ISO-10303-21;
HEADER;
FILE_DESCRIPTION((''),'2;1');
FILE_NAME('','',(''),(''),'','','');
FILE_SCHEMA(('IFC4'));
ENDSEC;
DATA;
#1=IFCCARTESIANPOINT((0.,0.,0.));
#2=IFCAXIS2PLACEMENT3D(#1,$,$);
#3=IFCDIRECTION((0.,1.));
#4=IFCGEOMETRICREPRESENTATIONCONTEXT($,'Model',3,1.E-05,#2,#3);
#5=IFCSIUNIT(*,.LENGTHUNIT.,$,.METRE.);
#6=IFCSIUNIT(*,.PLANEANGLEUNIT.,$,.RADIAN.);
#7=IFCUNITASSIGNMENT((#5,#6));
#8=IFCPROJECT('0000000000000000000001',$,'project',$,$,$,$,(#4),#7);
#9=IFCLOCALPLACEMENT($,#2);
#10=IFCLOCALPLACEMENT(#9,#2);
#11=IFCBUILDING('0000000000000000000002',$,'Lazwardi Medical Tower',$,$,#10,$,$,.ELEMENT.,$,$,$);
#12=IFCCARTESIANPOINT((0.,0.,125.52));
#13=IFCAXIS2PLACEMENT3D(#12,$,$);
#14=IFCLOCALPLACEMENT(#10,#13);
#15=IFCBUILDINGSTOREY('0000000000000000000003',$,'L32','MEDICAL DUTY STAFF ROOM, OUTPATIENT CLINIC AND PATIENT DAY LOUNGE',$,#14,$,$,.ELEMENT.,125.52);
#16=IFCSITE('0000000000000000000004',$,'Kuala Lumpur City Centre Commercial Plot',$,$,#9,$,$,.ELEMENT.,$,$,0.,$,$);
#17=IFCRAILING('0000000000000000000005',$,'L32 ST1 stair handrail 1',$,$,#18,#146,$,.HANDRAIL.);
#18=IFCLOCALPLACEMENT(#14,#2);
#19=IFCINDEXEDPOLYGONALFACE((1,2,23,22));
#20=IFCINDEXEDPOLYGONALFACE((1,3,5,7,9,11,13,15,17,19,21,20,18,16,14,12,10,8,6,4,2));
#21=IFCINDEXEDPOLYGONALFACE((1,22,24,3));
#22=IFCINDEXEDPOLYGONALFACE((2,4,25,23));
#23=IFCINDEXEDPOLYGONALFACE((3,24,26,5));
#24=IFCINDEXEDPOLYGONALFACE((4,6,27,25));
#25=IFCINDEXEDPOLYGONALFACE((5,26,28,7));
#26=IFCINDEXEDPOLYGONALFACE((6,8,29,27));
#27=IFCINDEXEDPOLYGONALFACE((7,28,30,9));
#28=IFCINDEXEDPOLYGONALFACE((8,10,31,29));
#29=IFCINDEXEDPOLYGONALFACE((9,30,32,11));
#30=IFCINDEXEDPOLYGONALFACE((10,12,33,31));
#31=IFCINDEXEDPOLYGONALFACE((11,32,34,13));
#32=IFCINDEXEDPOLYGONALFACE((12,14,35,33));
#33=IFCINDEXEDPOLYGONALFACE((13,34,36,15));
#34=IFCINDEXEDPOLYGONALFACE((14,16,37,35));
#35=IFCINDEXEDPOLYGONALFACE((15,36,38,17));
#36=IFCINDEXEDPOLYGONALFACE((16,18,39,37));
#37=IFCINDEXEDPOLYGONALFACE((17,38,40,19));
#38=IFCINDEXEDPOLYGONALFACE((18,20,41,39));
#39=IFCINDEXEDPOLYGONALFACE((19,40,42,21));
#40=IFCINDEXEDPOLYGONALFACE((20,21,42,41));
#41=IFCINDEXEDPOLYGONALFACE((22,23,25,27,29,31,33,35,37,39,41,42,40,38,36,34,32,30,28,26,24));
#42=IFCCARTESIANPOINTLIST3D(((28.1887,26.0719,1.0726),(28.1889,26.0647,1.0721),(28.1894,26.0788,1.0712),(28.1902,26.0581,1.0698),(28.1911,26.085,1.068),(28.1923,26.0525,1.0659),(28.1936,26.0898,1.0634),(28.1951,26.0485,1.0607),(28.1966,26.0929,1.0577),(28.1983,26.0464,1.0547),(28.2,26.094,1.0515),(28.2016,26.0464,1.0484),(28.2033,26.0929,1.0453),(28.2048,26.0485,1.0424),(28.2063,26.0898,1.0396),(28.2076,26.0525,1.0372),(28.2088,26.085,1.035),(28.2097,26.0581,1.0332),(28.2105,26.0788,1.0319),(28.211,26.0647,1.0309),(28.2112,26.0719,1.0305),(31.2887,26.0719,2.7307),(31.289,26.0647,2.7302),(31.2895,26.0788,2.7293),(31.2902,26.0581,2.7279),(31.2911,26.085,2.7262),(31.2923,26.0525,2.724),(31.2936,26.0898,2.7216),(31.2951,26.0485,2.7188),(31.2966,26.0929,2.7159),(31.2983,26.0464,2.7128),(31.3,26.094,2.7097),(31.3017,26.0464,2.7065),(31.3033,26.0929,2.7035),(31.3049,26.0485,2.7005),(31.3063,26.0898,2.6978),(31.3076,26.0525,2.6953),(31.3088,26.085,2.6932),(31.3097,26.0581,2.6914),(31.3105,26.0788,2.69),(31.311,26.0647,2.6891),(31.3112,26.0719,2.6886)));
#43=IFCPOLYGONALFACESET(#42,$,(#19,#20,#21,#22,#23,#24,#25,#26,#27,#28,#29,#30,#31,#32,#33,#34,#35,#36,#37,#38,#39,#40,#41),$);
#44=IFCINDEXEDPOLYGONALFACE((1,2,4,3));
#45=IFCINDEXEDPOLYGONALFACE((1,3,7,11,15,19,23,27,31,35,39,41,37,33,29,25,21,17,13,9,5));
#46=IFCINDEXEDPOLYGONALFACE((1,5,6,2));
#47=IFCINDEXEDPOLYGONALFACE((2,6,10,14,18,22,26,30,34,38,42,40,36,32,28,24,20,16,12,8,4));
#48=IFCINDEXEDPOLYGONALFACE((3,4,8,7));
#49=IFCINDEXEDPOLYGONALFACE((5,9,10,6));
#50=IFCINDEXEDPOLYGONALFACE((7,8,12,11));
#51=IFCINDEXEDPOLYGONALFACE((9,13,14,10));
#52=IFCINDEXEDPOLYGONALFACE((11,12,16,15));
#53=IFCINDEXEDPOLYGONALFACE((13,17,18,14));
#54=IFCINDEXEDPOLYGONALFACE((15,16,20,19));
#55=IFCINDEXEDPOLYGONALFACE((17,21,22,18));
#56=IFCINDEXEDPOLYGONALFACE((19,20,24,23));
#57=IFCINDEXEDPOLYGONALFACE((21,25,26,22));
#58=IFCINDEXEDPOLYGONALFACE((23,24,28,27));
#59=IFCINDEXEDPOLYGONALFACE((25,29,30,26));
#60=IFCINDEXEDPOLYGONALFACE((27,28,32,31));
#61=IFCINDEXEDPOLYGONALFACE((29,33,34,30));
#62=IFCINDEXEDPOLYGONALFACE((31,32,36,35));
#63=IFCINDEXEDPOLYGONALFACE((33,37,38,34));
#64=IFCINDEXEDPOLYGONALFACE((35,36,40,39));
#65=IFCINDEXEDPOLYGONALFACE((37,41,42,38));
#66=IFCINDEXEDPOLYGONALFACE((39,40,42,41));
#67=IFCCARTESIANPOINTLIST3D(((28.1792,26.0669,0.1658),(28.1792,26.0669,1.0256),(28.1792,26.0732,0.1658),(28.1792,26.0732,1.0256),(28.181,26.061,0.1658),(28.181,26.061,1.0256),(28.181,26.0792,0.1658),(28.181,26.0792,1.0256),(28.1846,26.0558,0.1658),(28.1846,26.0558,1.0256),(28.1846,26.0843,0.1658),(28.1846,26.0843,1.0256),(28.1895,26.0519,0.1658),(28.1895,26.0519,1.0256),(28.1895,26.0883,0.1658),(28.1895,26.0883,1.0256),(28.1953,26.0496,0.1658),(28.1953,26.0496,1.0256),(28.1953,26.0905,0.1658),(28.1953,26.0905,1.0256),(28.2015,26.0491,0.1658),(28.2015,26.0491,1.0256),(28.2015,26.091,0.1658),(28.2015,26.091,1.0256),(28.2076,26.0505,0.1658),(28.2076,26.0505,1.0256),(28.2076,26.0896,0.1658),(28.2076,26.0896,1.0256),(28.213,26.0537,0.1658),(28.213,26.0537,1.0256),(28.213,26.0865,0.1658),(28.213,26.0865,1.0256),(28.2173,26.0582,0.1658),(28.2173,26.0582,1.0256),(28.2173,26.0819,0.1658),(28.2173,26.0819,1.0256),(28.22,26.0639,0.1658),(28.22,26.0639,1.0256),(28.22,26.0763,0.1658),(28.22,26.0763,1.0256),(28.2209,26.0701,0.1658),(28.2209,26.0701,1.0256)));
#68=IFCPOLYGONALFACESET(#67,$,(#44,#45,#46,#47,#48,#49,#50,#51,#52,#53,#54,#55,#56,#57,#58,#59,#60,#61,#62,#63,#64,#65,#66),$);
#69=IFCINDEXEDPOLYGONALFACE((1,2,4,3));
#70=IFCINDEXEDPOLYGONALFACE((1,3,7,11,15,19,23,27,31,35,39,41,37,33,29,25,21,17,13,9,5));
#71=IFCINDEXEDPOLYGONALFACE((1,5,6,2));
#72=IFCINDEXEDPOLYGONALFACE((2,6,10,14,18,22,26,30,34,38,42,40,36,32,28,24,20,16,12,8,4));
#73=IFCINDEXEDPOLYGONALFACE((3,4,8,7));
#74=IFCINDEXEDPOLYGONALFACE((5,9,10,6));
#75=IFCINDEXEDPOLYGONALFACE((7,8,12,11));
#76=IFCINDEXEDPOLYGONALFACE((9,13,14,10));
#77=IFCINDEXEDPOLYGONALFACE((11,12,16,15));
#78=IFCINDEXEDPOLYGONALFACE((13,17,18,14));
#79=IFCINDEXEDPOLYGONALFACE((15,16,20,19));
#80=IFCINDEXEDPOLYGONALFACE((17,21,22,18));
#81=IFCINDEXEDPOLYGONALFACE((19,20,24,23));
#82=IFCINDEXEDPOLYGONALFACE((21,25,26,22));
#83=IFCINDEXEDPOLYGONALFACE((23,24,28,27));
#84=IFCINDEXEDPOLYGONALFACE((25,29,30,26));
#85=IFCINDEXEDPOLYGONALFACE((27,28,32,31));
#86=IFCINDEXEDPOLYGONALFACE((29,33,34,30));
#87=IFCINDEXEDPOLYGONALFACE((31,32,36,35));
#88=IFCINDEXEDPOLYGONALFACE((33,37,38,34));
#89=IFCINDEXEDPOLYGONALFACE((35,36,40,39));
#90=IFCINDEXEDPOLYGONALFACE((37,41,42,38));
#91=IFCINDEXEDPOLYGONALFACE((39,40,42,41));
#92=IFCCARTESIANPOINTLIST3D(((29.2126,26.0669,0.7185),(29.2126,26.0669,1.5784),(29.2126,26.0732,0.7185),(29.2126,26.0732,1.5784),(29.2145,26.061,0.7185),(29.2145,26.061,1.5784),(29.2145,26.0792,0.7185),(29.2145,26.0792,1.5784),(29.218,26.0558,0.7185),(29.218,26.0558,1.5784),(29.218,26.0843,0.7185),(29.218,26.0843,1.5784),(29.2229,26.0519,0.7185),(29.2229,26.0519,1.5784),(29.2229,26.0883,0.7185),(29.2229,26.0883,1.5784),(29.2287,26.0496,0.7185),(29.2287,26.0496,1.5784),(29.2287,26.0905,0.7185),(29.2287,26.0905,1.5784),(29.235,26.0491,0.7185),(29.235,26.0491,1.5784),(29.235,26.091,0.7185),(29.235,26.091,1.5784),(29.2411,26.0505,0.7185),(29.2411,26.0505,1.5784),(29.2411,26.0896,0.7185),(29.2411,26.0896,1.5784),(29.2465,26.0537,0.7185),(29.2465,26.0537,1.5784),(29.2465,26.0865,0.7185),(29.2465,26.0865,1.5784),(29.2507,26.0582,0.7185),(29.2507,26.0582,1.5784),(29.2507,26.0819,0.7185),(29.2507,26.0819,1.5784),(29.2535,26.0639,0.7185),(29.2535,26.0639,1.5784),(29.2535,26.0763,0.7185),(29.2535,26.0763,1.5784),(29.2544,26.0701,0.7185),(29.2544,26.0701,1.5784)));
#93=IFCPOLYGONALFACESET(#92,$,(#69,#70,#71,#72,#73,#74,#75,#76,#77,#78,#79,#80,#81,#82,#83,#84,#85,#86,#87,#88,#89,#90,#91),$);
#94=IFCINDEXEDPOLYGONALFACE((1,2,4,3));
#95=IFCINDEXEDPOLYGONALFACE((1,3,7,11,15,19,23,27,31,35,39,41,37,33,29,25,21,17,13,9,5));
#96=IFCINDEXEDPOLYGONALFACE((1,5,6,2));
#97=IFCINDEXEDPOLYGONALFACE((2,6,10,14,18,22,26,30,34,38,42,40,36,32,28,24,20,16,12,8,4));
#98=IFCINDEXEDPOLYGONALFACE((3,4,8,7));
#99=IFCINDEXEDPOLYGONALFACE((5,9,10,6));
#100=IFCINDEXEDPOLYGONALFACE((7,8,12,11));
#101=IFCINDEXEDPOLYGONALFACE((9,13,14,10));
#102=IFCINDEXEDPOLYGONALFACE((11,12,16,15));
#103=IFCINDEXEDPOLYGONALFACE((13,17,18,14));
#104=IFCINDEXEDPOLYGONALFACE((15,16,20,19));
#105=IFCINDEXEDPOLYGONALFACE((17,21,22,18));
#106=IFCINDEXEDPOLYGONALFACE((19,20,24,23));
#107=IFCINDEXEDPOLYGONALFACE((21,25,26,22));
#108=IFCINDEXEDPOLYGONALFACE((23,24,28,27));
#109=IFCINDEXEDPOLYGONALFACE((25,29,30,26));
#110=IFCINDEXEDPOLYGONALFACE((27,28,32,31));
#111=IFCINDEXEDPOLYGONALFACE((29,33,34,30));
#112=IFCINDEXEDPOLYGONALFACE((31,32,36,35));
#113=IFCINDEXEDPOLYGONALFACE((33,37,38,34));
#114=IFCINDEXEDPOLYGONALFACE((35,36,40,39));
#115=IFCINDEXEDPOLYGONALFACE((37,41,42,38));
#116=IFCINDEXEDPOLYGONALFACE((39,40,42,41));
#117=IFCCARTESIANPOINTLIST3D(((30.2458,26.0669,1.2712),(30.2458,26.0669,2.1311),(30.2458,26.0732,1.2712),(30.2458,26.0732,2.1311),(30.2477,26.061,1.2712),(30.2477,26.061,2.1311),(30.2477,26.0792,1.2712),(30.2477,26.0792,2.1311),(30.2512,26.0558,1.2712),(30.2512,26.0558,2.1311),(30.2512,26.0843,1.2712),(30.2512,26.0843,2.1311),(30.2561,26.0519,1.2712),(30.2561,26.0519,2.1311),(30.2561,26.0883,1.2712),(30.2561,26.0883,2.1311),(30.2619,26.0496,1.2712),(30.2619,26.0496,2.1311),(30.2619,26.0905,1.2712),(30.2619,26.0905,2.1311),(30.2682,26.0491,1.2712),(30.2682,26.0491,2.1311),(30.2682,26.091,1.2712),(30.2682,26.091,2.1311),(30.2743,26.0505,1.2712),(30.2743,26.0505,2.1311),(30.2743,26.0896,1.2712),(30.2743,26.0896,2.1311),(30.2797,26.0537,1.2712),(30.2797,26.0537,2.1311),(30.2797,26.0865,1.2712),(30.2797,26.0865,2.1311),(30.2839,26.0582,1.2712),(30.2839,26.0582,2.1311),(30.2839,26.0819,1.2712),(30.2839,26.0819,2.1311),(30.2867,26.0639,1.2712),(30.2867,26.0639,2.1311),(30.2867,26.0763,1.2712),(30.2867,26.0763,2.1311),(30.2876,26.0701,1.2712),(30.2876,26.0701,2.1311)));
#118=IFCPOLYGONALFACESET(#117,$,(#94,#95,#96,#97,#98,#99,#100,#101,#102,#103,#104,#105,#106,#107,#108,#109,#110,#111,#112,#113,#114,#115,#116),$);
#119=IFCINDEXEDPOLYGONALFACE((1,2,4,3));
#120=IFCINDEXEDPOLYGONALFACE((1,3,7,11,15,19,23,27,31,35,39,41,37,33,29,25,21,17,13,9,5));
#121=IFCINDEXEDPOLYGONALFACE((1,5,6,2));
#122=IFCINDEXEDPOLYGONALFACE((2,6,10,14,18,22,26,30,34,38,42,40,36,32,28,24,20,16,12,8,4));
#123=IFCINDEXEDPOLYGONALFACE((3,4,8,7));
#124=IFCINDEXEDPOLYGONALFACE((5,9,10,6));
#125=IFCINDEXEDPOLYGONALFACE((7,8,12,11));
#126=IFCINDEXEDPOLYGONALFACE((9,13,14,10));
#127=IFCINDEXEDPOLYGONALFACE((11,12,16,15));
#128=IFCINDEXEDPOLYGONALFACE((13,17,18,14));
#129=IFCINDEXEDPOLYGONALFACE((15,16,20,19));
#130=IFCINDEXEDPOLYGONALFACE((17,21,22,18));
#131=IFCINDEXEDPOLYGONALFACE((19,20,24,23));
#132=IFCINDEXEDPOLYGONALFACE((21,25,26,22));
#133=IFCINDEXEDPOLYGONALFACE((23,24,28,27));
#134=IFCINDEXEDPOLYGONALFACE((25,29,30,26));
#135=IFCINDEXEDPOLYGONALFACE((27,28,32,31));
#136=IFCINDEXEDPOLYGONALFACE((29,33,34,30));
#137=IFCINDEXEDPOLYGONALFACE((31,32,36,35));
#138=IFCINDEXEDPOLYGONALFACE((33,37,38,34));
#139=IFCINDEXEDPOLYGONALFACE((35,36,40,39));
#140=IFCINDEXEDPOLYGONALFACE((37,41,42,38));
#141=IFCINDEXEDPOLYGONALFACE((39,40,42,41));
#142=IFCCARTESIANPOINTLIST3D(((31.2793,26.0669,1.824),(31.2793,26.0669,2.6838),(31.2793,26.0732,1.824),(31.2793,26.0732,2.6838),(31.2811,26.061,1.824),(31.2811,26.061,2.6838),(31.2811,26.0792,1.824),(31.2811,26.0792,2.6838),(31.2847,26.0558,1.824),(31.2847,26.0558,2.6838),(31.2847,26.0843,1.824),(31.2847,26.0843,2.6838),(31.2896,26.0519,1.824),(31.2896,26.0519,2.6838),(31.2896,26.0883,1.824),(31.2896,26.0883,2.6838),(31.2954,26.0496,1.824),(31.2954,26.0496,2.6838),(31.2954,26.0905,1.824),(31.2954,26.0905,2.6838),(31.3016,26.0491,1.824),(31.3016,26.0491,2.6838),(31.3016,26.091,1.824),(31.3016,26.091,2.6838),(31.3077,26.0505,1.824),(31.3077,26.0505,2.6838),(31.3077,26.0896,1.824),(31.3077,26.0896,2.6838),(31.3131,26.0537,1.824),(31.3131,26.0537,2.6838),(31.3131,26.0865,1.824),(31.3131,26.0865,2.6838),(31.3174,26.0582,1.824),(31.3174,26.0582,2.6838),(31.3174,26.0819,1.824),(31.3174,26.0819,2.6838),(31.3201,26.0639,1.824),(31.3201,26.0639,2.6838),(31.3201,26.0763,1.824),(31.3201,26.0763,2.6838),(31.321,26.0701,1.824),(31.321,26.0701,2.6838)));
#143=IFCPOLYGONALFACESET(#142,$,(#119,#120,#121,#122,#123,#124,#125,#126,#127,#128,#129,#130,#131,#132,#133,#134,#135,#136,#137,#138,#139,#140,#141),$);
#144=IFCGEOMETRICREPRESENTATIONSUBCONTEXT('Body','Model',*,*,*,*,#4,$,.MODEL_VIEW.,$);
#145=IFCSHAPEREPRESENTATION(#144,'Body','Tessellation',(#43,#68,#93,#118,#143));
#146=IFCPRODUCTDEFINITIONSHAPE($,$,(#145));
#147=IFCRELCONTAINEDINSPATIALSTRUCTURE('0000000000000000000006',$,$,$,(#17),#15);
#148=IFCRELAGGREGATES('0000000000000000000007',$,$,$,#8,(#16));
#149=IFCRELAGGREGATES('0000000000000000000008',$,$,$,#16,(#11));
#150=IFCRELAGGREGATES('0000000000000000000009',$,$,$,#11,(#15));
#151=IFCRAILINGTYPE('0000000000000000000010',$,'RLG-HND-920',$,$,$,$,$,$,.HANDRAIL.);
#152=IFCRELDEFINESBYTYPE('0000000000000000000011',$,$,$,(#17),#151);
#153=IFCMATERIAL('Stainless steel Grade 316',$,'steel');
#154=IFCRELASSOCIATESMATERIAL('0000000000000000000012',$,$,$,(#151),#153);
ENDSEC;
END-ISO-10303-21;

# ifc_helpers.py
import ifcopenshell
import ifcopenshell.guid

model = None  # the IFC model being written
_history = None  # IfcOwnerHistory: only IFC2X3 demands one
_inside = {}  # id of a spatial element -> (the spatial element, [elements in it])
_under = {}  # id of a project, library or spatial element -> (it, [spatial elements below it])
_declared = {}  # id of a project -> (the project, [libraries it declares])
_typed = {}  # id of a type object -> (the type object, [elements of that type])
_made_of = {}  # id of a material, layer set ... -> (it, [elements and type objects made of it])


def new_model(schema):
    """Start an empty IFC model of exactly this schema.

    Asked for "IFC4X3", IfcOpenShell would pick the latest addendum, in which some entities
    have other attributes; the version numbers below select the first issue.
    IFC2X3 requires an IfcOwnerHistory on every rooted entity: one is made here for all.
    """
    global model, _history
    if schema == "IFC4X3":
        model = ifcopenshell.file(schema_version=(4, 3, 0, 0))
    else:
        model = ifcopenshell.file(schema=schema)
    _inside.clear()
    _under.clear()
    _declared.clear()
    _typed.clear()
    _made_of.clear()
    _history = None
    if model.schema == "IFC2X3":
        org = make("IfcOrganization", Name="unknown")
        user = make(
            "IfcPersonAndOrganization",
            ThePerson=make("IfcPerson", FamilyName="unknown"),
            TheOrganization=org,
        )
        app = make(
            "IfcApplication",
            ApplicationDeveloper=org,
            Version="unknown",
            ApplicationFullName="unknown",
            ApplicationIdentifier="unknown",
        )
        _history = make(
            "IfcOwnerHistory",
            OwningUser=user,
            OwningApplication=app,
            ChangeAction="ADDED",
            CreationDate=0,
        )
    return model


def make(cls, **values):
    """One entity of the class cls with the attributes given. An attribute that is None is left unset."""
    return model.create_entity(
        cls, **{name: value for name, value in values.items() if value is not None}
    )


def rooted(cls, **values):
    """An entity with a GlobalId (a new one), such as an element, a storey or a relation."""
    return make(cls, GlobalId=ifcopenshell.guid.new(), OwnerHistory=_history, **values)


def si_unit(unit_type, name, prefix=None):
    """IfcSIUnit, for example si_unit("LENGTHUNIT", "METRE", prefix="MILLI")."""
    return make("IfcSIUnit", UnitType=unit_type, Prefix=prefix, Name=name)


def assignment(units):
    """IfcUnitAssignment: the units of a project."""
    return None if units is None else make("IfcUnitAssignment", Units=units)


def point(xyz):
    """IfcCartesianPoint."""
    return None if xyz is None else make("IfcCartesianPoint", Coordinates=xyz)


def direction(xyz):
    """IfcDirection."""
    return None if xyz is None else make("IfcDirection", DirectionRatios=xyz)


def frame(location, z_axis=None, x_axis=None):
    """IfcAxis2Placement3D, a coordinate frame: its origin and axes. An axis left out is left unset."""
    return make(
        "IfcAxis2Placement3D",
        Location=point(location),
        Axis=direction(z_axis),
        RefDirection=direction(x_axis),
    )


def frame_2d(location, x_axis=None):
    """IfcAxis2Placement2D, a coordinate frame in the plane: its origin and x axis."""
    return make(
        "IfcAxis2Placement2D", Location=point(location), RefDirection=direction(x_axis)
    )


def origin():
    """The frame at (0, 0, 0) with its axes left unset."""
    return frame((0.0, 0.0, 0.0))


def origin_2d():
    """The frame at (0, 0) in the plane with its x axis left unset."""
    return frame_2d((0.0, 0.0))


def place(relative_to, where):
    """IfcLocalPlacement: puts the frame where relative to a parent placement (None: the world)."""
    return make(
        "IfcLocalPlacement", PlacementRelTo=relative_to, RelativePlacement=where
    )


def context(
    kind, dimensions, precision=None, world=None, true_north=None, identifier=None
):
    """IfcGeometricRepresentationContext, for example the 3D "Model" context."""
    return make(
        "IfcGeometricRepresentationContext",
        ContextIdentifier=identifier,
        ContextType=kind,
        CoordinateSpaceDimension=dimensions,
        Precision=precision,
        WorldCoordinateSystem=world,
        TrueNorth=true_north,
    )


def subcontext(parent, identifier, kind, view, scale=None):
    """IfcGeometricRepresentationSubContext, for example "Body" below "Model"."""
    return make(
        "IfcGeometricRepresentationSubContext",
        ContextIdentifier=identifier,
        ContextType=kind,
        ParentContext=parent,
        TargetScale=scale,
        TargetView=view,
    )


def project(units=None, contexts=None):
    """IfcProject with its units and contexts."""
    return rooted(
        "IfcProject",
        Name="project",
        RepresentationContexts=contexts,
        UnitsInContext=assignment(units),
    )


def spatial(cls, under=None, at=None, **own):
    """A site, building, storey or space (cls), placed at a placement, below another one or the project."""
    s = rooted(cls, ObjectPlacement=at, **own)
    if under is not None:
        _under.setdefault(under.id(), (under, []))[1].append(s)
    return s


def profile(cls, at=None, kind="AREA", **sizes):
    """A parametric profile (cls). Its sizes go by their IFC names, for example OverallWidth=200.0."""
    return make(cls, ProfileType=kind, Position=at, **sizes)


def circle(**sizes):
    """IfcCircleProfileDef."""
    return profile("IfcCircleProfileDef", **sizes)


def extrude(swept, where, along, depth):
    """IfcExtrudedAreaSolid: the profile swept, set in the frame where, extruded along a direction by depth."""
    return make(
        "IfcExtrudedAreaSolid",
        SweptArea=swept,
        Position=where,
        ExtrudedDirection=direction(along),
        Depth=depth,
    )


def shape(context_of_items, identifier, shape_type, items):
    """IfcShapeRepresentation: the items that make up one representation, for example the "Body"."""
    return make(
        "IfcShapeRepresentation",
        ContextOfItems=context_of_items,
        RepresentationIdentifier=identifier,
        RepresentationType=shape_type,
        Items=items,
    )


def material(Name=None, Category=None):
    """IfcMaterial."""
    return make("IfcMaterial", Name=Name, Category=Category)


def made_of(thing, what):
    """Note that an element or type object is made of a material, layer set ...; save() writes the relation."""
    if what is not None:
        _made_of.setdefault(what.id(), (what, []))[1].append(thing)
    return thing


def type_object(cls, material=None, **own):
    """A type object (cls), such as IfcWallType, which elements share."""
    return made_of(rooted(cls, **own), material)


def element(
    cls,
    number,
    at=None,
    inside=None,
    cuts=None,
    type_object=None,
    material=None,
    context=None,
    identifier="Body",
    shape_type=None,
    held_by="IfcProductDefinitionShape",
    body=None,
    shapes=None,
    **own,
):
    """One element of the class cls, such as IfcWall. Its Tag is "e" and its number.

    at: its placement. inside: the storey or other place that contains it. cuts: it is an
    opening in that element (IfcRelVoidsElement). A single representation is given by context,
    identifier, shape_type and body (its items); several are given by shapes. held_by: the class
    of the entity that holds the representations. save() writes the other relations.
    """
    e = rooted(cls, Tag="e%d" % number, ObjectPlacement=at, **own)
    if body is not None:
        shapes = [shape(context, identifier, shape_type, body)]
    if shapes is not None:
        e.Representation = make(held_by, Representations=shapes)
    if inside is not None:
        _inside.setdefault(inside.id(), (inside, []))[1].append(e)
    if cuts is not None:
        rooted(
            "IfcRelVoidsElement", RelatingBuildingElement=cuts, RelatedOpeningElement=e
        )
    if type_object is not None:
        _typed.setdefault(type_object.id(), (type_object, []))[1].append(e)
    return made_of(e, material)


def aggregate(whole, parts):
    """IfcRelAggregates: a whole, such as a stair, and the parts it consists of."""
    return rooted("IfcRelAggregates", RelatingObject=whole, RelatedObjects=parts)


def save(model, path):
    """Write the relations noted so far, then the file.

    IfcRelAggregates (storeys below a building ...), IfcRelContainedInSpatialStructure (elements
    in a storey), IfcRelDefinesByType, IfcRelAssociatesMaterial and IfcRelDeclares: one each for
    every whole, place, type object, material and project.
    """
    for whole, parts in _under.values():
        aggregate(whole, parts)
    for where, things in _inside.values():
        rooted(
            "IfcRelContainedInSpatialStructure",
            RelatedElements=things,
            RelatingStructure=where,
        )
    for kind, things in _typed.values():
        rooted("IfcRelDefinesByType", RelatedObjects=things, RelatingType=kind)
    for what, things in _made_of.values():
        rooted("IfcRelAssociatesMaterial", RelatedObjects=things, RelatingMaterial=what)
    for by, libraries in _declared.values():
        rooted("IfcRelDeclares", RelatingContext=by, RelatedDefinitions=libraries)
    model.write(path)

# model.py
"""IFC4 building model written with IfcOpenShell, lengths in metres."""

from ifc_helpers import new_model, si_unit, direction, frame, origin, origin_2d, place, context, subcontext, project, spatial, circle, extrude, material, type_object, element, save


model = new_model("IFC4")

# Units and contexts
model_context = context("Model", 3, precision=1e-05, world=origin(), true_north=direction((0.0, 1.0)))
body_context = subcontext(model_context, "Body", "Model", "MODEL_VIEW")
ifc_project = project(units=[si_unit("LENGTHUNIT", "METRE"), si_unit("PLANEANGLEUNIT", "RADIAN")], contexts=[model_context])

# Site, building, storey
site_placement = place(None, origin())
site = spatial("IfcSite", under=ifc_project, at=site_placement, Name="Kuala Lumpur City Centre Commercial Plot", CompositionType="ELEMENT", RefElevation=0.0)
building_placement = place(site_placement, origin())
building = spatial("IfcBuilding", under=site, at=building_placement, Name="Lazwardi Medical Tower", CompositionType="ELEMENT")
storey_placement = place(building_placement, frame((0.0, 0.0, 125.52)))
storey = spatial("IfcBuildingStorey", under=building, at=storey_placement, Name="L32", Description="MEDICAL DUTY STAFF ROOM, OUTPATIENT CLINIC AND PATIENT DAY LOUNGE", CompositionType="ELEMENT", Elevation=125.52)

# Railing
ifc_material_1 = material(Name="Stainless steel Grade 316", Category="steel")
railing_type_1 = type_object("IfcRailingType", Name="RLG-HND-920", PredefinedType="HANDRAIL", material=ifc_material_1)
railing_1_placement = place(storey_placement, frame((28.2, 26.0701, 0.1658)))
element("IfcRailing", 1, at=railing_1_placement, inside=storey, type_object=railing_type_1, Name="L32 ST1 stair handrail 1", PredefinedType="HANDRAIL", context=body_context, shape_type="SweptSolid", body=[
    extrude(circle(Radius=0.0239, at=origin_2d()), frame((0.0, 0.0, 0.8857), z_axis=(0.881783, 0.0, 0.471655), x_axis=(0.0, 1.0, 0.0)), (0.0, 0.0, 1.0), 3.5156),
    extrude(circle(Radius=0.021, at=origin_2d()), origin(), (0.0, 0.0, 1.0), 0.8599),
    extrude(circle(Radius=0.021, at=origin_2d()), frame((1.0334, 0.0, 0.5527)), (0.0, 0.0, 1.0), 0.8599),
    extrude(circle(Radius=0.021, at=origin_2d()), frame((2.0667, 0.0, 1.1055)), (0.0, 0.0, 1.0), 0.8599),
    extrude(circle(Radius=0.021, at=origin_2d()), frame((3.1001, 0.0, 1.6582)), (0.0, 0.0, 1.0), 0.8599),
])

save(model, "model.ifc")
